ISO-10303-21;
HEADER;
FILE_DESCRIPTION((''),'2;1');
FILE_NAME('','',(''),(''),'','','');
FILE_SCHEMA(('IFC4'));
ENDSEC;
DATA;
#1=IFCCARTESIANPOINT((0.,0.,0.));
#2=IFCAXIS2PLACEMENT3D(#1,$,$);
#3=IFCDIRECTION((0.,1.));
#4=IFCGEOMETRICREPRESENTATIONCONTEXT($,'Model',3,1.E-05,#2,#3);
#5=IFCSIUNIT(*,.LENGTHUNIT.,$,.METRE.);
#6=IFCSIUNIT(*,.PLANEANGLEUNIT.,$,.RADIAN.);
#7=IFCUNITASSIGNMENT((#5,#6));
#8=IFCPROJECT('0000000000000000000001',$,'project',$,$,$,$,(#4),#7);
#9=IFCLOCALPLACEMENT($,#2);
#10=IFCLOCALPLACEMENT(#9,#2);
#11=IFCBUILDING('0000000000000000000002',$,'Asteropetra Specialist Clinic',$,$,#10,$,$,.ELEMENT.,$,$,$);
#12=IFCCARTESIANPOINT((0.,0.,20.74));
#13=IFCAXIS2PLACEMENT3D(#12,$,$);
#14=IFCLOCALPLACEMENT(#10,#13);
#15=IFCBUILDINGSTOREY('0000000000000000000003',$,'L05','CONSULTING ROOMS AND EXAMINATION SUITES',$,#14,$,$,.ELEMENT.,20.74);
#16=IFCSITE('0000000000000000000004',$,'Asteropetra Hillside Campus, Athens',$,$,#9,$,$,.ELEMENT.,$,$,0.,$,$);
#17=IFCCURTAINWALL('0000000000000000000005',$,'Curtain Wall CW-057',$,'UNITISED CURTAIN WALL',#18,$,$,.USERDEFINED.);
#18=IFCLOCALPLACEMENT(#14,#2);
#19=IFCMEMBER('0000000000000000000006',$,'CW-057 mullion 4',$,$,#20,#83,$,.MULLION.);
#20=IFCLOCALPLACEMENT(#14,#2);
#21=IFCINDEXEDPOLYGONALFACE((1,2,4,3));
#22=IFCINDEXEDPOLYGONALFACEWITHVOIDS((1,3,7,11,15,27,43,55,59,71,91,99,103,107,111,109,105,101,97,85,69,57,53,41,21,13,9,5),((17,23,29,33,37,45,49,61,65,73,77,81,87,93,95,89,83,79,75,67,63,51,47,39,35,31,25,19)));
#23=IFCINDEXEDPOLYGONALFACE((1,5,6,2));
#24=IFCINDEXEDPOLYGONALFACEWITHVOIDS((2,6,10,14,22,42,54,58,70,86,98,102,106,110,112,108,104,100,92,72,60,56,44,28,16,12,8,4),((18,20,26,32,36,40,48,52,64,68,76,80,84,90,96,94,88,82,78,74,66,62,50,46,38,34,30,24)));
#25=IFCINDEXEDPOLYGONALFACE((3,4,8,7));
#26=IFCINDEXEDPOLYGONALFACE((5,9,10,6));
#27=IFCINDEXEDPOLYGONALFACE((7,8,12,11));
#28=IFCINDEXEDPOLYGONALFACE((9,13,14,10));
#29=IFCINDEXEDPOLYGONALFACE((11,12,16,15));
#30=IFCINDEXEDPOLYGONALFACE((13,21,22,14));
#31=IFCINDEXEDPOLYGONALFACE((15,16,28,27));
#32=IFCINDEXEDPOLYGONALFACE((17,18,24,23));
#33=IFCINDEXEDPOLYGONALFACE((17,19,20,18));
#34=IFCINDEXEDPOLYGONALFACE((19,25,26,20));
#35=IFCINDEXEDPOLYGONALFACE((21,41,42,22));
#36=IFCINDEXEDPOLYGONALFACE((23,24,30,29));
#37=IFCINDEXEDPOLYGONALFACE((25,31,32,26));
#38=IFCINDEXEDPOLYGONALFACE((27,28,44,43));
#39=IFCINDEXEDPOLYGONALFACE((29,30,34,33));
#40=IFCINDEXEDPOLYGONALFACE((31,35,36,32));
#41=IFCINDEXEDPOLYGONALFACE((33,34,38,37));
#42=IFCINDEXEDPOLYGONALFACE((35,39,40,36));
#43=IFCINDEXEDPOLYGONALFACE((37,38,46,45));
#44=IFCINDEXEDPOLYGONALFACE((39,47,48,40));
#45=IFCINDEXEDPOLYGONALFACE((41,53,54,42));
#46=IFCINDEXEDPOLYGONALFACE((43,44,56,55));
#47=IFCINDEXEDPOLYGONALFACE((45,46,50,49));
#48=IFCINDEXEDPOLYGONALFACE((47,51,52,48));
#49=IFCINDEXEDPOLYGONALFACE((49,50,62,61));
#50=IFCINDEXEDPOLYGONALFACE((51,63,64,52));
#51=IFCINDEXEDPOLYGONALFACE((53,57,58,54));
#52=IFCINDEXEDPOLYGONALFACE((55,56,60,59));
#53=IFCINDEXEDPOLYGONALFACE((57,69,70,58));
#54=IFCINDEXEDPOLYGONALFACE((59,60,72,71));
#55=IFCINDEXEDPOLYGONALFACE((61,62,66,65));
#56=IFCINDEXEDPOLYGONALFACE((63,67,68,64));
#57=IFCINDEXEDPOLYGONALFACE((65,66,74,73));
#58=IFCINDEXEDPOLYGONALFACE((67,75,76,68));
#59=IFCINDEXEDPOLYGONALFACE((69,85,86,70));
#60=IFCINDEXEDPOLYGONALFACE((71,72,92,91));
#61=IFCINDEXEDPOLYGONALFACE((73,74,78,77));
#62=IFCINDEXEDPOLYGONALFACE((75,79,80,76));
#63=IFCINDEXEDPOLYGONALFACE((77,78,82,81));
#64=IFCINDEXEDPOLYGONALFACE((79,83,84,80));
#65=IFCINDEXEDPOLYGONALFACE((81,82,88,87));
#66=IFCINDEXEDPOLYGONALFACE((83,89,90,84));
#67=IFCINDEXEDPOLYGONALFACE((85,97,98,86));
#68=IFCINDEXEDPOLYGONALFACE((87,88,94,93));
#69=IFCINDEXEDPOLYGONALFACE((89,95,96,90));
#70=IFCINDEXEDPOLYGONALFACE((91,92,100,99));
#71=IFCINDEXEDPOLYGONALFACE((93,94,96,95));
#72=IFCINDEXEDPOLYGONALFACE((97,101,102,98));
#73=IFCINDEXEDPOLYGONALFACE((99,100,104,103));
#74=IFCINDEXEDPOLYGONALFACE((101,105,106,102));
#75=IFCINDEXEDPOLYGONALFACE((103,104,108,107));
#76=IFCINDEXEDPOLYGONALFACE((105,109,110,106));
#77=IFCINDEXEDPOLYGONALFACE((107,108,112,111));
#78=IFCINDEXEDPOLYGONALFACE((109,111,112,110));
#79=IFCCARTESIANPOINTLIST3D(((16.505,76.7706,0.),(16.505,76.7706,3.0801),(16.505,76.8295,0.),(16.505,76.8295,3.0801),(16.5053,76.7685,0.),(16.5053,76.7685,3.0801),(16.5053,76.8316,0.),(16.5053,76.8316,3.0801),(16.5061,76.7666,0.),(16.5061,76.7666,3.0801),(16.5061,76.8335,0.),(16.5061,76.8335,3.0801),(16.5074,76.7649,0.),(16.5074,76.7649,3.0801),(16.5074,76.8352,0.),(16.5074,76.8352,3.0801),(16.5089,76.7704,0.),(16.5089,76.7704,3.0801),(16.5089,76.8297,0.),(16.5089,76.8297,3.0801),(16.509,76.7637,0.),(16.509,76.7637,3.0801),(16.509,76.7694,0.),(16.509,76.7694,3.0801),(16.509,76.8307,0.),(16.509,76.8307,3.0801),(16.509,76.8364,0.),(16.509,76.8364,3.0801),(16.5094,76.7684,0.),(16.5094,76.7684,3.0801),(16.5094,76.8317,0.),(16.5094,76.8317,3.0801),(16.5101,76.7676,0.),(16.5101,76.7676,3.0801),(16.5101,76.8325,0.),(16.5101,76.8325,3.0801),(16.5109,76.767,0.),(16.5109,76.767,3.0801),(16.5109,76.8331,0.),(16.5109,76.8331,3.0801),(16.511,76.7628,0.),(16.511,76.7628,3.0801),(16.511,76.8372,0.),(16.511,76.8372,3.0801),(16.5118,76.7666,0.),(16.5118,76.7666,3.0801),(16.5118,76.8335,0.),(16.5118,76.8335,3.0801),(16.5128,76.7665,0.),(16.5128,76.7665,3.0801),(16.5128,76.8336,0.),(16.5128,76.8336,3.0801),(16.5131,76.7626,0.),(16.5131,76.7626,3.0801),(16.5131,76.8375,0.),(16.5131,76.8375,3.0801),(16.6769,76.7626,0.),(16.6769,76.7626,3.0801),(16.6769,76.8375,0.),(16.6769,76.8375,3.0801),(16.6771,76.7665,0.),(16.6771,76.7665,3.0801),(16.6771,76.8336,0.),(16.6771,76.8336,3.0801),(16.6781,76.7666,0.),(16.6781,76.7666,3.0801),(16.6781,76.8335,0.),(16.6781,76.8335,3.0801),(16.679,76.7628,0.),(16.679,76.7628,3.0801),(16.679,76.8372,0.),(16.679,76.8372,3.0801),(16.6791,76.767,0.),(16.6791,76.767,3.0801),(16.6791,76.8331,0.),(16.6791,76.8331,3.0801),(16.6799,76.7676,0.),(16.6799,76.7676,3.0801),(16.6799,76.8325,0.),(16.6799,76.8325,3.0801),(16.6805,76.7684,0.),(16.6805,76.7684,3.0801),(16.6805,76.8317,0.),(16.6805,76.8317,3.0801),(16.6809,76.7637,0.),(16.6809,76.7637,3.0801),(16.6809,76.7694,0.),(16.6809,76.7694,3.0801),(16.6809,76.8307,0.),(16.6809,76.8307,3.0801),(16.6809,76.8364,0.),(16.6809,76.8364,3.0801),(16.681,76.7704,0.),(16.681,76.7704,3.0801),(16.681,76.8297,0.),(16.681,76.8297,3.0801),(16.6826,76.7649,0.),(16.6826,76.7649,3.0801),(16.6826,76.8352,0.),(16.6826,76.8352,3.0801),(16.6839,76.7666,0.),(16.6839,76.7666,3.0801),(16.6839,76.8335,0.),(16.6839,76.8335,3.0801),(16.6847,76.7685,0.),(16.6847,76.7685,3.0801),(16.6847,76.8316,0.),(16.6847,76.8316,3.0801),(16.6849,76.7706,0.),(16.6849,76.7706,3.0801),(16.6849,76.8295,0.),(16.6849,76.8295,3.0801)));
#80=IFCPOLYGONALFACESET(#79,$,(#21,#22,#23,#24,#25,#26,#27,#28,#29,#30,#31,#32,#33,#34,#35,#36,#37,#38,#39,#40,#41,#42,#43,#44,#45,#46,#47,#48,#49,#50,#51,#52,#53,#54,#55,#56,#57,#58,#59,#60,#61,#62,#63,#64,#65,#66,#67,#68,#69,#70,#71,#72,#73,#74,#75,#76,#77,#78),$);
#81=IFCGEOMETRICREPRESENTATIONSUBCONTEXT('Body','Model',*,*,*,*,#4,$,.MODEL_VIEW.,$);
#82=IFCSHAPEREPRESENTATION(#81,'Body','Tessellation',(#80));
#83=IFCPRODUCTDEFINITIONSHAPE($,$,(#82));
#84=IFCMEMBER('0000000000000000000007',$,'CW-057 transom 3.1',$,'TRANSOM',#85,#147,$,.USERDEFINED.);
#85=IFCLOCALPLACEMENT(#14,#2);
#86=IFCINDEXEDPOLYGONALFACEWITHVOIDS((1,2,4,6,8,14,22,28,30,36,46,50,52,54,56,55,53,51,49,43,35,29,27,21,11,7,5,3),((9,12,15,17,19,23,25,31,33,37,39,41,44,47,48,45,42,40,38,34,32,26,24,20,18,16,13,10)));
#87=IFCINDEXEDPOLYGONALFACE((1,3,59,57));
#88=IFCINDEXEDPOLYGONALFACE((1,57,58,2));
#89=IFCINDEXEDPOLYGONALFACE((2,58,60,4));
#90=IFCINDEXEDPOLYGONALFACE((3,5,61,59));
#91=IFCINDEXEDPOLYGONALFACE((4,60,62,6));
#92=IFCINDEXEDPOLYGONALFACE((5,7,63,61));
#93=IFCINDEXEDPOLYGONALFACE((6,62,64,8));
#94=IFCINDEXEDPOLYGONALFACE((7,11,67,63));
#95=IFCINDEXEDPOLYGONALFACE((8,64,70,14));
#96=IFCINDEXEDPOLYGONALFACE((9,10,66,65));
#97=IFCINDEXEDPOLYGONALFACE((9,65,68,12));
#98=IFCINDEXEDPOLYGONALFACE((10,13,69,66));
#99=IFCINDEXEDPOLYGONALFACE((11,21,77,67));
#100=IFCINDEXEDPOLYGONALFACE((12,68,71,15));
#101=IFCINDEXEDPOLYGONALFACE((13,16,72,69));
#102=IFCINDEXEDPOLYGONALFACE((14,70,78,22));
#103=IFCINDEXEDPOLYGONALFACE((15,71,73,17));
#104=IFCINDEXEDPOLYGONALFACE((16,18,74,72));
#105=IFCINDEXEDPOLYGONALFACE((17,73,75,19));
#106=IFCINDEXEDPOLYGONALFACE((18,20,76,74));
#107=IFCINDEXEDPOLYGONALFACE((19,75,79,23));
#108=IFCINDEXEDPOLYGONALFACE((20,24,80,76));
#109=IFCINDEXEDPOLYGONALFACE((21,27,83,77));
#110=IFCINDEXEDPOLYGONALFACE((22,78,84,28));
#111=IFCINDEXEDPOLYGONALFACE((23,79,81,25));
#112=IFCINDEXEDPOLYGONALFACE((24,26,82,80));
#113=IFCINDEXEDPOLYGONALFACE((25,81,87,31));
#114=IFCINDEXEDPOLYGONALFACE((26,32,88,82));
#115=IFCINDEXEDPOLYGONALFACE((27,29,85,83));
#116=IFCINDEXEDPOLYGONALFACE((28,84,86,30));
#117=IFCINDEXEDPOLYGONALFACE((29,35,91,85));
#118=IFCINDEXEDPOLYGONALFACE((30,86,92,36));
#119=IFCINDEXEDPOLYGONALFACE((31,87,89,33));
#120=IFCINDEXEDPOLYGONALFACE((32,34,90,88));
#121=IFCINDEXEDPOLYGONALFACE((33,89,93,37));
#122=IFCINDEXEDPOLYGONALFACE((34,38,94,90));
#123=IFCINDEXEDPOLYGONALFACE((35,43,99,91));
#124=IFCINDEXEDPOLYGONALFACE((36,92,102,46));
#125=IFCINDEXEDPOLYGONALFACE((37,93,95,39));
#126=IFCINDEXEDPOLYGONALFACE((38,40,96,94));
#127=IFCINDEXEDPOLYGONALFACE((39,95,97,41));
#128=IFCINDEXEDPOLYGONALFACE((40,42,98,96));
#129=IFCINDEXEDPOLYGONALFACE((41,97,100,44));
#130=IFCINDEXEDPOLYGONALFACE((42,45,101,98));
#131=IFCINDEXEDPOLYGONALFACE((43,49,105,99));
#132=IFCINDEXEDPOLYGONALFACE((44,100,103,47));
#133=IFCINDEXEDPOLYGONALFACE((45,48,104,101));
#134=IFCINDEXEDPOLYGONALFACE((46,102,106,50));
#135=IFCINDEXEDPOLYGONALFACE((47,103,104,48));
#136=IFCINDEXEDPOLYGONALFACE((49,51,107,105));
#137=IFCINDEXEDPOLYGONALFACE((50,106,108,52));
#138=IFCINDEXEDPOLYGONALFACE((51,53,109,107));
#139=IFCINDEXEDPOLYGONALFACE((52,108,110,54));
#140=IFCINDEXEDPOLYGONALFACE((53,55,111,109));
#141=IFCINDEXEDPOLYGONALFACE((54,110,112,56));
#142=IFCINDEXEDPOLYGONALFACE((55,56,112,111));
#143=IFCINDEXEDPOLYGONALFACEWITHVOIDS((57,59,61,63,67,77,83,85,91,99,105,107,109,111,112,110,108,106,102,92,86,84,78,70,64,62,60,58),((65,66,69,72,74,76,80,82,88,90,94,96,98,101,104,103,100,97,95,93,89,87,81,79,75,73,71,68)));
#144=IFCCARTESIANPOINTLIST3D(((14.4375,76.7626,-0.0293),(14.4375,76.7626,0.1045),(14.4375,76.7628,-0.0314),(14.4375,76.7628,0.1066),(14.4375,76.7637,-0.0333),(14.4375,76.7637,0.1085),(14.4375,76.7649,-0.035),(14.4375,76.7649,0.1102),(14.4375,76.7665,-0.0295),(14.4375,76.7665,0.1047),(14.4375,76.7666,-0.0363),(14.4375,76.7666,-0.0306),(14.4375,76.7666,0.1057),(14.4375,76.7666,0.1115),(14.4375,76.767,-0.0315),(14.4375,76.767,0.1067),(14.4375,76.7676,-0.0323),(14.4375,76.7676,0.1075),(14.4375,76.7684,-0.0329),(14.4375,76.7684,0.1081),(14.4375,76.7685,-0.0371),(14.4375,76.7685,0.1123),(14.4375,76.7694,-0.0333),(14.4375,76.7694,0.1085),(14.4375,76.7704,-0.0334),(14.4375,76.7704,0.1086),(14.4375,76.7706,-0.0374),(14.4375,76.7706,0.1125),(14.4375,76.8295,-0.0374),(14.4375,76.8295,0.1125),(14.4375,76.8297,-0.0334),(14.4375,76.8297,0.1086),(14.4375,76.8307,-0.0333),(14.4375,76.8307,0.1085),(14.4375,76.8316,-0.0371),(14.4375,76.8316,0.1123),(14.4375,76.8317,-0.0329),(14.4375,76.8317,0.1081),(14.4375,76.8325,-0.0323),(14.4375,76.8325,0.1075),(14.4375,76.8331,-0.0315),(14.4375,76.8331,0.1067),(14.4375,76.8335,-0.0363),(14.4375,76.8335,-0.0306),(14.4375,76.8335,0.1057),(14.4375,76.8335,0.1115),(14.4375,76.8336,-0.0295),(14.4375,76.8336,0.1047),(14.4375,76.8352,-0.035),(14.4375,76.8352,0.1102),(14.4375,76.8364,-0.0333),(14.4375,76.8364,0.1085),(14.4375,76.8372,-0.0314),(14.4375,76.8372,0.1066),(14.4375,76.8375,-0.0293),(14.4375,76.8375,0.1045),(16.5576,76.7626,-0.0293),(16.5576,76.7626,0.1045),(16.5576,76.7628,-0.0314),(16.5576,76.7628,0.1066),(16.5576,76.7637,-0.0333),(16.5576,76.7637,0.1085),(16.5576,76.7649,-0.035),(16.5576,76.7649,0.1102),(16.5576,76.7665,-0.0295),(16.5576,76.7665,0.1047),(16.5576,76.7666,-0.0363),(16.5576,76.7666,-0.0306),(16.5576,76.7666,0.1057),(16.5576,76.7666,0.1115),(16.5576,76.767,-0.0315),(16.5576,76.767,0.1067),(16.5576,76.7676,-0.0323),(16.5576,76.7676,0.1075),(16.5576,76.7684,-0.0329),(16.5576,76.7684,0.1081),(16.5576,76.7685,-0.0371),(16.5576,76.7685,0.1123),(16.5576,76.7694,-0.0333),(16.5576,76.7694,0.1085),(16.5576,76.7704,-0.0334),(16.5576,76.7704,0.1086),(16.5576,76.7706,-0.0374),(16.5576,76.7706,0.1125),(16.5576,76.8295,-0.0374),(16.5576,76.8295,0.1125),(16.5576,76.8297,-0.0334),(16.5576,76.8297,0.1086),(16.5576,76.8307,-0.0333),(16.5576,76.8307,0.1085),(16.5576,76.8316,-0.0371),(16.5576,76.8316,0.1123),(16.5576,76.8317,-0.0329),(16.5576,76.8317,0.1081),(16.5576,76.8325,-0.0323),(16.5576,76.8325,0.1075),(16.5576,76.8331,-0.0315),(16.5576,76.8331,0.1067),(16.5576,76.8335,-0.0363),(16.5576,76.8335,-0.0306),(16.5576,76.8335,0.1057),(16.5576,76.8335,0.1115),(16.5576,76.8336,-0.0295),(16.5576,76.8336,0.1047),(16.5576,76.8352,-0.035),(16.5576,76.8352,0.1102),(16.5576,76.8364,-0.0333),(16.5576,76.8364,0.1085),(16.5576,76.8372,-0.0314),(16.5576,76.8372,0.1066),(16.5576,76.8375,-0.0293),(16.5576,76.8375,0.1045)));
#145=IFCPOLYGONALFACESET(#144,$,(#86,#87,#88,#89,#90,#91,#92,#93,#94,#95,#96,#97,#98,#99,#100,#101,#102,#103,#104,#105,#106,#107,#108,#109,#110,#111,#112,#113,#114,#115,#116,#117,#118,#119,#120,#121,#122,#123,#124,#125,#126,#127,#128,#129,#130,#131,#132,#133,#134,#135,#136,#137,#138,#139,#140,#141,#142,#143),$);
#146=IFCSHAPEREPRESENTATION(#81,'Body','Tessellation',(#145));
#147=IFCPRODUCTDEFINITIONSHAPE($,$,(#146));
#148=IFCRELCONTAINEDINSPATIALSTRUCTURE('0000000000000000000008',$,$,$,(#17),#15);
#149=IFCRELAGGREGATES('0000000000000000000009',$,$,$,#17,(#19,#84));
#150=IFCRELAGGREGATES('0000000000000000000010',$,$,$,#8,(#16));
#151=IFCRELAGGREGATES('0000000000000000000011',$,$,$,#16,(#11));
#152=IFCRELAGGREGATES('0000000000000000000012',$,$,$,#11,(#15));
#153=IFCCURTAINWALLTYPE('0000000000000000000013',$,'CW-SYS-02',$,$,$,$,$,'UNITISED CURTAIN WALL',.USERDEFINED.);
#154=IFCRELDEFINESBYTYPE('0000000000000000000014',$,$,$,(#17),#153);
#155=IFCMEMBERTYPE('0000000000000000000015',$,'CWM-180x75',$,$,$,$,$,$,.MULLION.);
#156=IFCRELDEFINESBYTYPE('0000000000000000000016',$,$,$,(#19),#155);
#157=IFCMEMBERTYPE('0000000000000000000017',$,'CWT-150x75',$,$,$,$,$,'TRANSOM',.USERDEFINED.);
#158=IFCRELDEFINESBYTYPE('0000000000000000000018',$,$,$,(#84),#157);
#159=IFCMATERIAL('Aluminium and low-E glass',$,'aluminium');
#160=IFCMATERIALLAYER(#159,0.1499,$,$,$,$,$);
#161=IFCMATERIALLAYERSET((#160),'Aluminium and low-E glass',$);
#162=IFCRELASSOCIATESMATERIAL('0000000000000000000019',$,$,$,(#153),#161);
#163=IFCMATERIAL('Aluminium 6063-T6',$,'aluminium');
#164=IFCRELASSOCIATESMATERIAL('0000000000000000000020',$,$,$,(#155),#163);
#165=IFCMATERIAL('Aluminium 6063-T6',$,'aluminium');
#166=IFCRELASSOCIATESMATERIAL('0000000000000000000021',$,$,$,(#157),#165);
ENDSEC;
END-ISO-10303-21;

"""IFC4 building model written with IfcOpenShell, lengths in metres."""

from ifc_helpers import new_model, si_unit, direction, frame, origin, origin_2d, place, context, subcontext, project, spatial, hollow_rectangle, extrude, material, layer, layer_set, material_profile, profile_set, type_object, element, aggregate, save


model = new_model("IFC4")

# Units and contexts
model_context = context("Model", 3, precision=1e-05, world=origin(), true_north=direction((0.0, 1.0)))
body_context = subcontext(model_context, "Body", "Model", "MODEL_VIEW")
ifc_project = project(units=[si_unit("LENGTHUNIT", "METRE"), si_unit("PLANEANGLEUNIT", "RADIAN")], contexts=[model_context])

# Site, building, storey
site_placement = place(None, origin())
site = spatial("IfcSite", under=ifc_project, at=site_placement, Name="Asteropetra Hillside Campus, Athens", CompositionType="ELEMENT", RefElevation=0.0)
building_placement = place(site_placement, origin())
building = spatial("IfcBuilding", under=site, at=building_placement, Name="Asteropetra Specialist Clinic", CompositionType="ELEMENT")
storey_placement = place(building_placement, frame((0.0, 0.0, 20.74)))
storey = spatial("IfcBuildingStorey", under=building, at=storey_placement, Name="L05", Description="CONSULTING ROOMS AND EXAMINATION SUITES", CompositionType="ELEMENT", Elevation=20.74)

# Curtain wall, members
ifc_material_1 = material(Name="Aluminium and low-E glass", Category="aluminium")
ifc_layer_1 = layer(ifc_material_1, 0.1499)
ifc_layer_set_1 = layer_set([ifc_layer_1], Name="Aluminium and low-E glass")
curtain_wall_type_1 = type_object("IfcCurtainWallType", Name="CW-SYS-02", ElementType="UNITISED CURTAIN WALL", PredefinedType="USERDEFINED", material=ifc_layer_set_1)
curtain_wall_1_placement = place(storey_placement, origin())
curtain_wall_1 = element("IfcCurtainWall", 1, at=curtain_wall_1_placement, inside=storey, type_object=curtain_wall_type_1, Name="Curtain Wall CW-057", ObjectType="UNITISED CURTAIN WALL", PredefinedType="USERDEFINED")
ifc_material_2 = material(Name="Aluminium 6063-T6", Category="aluminium")
ifc_material_profile_1 = material_profile(ifc_material_2, hollow_rectangle(XDim=0.075, YDim=0.1799, WallThickness=0.0039, InnerFilletRadius=0.0039, OuterFilletRadius=0.0081, at=origin_2d()), Name="MUL 180x75x4.0")
ifc_profile_set_1 = profile_set([ifc_material_profile_1], Name="Aluminium 6063-T6")
member_type_1 = type_object("IfcMemberType", Name="CWM-180x75", PredefinedType="MULLION", material=ifc_profile_set_1)
member_1_placement = place(storey_placement, frame((16.595, 76.8, 0.0), z_axis=(0.0, 0.0, 1.0), x_axis=(0.0, 1.0, 0.0)))
member_1 = element("IfcMember", 2, at=member_1_placement, type_object=member_type_1, Name="CW-057 mullion 4", PredefinedType="MULLION", context=body_context, shape_type="SweptSolid", body=[
    extrude(hollow_rectangle(XDim=0.075, YDim=0.1799, WallThickness=0.0039, InnerFilletRadius=0.0039, OuterFilletRadius=0.0081, at=origin_2d()), origin(), (0.0, 0.0, 1.0), 3.0801),
])
ifc_material_3 = material(Name="Aluminium 6063-T6", Category="aluminium")
ifc_material_profile_2 = material_profile(ifc_material_3, hollow_rectangle(XDim=0.075, YDim=0.1499, WallThickness=0.0039, InnerFilletRadius=0.0039, OuterFilletRadius=0.0081, at=origin_2d()), Name="TRN 150x75x4.0")
ifc_profile_set_2 = profile_set([ifc_material_profile_2], Name="Aluminium 6063-T6")
member_type_2 = type_object("IfcMemberType", Name="CWT-150x75", ElementType="TRANSOM", PredefinedType="USERDEFINED", material=ifc_profile_set_2)
member_2_placement = place(storey_placement, frame((14.4375, 76.8, 0.0376), z_axis=(1.0, 0.0, 0.0), x_axis=(0.0, 1.0, 0.0)))
member_2 = element("IfcMember", 3, at=member_2_placement, type_object=member_type_2, Name="CW-057 transom 3.1", ObjectType="TRANSOM", PredefinedType="USERDEFINED", context=body_context, shape_type="SweptSolid", body=[
    extrude(hollow_rectangle(XDim=0.075, YDim=0.1499, WallThickness=0.0039, InnerFilletRadius=0.0039, OuterFilletRadius=0.0081, at=origin_2d()), origin(), (0.0, 0.0, 1.0), 2.1201),
])

aggregate(curtain_wall_1, [member_1, member_2])

save(model, "model.ifc")
